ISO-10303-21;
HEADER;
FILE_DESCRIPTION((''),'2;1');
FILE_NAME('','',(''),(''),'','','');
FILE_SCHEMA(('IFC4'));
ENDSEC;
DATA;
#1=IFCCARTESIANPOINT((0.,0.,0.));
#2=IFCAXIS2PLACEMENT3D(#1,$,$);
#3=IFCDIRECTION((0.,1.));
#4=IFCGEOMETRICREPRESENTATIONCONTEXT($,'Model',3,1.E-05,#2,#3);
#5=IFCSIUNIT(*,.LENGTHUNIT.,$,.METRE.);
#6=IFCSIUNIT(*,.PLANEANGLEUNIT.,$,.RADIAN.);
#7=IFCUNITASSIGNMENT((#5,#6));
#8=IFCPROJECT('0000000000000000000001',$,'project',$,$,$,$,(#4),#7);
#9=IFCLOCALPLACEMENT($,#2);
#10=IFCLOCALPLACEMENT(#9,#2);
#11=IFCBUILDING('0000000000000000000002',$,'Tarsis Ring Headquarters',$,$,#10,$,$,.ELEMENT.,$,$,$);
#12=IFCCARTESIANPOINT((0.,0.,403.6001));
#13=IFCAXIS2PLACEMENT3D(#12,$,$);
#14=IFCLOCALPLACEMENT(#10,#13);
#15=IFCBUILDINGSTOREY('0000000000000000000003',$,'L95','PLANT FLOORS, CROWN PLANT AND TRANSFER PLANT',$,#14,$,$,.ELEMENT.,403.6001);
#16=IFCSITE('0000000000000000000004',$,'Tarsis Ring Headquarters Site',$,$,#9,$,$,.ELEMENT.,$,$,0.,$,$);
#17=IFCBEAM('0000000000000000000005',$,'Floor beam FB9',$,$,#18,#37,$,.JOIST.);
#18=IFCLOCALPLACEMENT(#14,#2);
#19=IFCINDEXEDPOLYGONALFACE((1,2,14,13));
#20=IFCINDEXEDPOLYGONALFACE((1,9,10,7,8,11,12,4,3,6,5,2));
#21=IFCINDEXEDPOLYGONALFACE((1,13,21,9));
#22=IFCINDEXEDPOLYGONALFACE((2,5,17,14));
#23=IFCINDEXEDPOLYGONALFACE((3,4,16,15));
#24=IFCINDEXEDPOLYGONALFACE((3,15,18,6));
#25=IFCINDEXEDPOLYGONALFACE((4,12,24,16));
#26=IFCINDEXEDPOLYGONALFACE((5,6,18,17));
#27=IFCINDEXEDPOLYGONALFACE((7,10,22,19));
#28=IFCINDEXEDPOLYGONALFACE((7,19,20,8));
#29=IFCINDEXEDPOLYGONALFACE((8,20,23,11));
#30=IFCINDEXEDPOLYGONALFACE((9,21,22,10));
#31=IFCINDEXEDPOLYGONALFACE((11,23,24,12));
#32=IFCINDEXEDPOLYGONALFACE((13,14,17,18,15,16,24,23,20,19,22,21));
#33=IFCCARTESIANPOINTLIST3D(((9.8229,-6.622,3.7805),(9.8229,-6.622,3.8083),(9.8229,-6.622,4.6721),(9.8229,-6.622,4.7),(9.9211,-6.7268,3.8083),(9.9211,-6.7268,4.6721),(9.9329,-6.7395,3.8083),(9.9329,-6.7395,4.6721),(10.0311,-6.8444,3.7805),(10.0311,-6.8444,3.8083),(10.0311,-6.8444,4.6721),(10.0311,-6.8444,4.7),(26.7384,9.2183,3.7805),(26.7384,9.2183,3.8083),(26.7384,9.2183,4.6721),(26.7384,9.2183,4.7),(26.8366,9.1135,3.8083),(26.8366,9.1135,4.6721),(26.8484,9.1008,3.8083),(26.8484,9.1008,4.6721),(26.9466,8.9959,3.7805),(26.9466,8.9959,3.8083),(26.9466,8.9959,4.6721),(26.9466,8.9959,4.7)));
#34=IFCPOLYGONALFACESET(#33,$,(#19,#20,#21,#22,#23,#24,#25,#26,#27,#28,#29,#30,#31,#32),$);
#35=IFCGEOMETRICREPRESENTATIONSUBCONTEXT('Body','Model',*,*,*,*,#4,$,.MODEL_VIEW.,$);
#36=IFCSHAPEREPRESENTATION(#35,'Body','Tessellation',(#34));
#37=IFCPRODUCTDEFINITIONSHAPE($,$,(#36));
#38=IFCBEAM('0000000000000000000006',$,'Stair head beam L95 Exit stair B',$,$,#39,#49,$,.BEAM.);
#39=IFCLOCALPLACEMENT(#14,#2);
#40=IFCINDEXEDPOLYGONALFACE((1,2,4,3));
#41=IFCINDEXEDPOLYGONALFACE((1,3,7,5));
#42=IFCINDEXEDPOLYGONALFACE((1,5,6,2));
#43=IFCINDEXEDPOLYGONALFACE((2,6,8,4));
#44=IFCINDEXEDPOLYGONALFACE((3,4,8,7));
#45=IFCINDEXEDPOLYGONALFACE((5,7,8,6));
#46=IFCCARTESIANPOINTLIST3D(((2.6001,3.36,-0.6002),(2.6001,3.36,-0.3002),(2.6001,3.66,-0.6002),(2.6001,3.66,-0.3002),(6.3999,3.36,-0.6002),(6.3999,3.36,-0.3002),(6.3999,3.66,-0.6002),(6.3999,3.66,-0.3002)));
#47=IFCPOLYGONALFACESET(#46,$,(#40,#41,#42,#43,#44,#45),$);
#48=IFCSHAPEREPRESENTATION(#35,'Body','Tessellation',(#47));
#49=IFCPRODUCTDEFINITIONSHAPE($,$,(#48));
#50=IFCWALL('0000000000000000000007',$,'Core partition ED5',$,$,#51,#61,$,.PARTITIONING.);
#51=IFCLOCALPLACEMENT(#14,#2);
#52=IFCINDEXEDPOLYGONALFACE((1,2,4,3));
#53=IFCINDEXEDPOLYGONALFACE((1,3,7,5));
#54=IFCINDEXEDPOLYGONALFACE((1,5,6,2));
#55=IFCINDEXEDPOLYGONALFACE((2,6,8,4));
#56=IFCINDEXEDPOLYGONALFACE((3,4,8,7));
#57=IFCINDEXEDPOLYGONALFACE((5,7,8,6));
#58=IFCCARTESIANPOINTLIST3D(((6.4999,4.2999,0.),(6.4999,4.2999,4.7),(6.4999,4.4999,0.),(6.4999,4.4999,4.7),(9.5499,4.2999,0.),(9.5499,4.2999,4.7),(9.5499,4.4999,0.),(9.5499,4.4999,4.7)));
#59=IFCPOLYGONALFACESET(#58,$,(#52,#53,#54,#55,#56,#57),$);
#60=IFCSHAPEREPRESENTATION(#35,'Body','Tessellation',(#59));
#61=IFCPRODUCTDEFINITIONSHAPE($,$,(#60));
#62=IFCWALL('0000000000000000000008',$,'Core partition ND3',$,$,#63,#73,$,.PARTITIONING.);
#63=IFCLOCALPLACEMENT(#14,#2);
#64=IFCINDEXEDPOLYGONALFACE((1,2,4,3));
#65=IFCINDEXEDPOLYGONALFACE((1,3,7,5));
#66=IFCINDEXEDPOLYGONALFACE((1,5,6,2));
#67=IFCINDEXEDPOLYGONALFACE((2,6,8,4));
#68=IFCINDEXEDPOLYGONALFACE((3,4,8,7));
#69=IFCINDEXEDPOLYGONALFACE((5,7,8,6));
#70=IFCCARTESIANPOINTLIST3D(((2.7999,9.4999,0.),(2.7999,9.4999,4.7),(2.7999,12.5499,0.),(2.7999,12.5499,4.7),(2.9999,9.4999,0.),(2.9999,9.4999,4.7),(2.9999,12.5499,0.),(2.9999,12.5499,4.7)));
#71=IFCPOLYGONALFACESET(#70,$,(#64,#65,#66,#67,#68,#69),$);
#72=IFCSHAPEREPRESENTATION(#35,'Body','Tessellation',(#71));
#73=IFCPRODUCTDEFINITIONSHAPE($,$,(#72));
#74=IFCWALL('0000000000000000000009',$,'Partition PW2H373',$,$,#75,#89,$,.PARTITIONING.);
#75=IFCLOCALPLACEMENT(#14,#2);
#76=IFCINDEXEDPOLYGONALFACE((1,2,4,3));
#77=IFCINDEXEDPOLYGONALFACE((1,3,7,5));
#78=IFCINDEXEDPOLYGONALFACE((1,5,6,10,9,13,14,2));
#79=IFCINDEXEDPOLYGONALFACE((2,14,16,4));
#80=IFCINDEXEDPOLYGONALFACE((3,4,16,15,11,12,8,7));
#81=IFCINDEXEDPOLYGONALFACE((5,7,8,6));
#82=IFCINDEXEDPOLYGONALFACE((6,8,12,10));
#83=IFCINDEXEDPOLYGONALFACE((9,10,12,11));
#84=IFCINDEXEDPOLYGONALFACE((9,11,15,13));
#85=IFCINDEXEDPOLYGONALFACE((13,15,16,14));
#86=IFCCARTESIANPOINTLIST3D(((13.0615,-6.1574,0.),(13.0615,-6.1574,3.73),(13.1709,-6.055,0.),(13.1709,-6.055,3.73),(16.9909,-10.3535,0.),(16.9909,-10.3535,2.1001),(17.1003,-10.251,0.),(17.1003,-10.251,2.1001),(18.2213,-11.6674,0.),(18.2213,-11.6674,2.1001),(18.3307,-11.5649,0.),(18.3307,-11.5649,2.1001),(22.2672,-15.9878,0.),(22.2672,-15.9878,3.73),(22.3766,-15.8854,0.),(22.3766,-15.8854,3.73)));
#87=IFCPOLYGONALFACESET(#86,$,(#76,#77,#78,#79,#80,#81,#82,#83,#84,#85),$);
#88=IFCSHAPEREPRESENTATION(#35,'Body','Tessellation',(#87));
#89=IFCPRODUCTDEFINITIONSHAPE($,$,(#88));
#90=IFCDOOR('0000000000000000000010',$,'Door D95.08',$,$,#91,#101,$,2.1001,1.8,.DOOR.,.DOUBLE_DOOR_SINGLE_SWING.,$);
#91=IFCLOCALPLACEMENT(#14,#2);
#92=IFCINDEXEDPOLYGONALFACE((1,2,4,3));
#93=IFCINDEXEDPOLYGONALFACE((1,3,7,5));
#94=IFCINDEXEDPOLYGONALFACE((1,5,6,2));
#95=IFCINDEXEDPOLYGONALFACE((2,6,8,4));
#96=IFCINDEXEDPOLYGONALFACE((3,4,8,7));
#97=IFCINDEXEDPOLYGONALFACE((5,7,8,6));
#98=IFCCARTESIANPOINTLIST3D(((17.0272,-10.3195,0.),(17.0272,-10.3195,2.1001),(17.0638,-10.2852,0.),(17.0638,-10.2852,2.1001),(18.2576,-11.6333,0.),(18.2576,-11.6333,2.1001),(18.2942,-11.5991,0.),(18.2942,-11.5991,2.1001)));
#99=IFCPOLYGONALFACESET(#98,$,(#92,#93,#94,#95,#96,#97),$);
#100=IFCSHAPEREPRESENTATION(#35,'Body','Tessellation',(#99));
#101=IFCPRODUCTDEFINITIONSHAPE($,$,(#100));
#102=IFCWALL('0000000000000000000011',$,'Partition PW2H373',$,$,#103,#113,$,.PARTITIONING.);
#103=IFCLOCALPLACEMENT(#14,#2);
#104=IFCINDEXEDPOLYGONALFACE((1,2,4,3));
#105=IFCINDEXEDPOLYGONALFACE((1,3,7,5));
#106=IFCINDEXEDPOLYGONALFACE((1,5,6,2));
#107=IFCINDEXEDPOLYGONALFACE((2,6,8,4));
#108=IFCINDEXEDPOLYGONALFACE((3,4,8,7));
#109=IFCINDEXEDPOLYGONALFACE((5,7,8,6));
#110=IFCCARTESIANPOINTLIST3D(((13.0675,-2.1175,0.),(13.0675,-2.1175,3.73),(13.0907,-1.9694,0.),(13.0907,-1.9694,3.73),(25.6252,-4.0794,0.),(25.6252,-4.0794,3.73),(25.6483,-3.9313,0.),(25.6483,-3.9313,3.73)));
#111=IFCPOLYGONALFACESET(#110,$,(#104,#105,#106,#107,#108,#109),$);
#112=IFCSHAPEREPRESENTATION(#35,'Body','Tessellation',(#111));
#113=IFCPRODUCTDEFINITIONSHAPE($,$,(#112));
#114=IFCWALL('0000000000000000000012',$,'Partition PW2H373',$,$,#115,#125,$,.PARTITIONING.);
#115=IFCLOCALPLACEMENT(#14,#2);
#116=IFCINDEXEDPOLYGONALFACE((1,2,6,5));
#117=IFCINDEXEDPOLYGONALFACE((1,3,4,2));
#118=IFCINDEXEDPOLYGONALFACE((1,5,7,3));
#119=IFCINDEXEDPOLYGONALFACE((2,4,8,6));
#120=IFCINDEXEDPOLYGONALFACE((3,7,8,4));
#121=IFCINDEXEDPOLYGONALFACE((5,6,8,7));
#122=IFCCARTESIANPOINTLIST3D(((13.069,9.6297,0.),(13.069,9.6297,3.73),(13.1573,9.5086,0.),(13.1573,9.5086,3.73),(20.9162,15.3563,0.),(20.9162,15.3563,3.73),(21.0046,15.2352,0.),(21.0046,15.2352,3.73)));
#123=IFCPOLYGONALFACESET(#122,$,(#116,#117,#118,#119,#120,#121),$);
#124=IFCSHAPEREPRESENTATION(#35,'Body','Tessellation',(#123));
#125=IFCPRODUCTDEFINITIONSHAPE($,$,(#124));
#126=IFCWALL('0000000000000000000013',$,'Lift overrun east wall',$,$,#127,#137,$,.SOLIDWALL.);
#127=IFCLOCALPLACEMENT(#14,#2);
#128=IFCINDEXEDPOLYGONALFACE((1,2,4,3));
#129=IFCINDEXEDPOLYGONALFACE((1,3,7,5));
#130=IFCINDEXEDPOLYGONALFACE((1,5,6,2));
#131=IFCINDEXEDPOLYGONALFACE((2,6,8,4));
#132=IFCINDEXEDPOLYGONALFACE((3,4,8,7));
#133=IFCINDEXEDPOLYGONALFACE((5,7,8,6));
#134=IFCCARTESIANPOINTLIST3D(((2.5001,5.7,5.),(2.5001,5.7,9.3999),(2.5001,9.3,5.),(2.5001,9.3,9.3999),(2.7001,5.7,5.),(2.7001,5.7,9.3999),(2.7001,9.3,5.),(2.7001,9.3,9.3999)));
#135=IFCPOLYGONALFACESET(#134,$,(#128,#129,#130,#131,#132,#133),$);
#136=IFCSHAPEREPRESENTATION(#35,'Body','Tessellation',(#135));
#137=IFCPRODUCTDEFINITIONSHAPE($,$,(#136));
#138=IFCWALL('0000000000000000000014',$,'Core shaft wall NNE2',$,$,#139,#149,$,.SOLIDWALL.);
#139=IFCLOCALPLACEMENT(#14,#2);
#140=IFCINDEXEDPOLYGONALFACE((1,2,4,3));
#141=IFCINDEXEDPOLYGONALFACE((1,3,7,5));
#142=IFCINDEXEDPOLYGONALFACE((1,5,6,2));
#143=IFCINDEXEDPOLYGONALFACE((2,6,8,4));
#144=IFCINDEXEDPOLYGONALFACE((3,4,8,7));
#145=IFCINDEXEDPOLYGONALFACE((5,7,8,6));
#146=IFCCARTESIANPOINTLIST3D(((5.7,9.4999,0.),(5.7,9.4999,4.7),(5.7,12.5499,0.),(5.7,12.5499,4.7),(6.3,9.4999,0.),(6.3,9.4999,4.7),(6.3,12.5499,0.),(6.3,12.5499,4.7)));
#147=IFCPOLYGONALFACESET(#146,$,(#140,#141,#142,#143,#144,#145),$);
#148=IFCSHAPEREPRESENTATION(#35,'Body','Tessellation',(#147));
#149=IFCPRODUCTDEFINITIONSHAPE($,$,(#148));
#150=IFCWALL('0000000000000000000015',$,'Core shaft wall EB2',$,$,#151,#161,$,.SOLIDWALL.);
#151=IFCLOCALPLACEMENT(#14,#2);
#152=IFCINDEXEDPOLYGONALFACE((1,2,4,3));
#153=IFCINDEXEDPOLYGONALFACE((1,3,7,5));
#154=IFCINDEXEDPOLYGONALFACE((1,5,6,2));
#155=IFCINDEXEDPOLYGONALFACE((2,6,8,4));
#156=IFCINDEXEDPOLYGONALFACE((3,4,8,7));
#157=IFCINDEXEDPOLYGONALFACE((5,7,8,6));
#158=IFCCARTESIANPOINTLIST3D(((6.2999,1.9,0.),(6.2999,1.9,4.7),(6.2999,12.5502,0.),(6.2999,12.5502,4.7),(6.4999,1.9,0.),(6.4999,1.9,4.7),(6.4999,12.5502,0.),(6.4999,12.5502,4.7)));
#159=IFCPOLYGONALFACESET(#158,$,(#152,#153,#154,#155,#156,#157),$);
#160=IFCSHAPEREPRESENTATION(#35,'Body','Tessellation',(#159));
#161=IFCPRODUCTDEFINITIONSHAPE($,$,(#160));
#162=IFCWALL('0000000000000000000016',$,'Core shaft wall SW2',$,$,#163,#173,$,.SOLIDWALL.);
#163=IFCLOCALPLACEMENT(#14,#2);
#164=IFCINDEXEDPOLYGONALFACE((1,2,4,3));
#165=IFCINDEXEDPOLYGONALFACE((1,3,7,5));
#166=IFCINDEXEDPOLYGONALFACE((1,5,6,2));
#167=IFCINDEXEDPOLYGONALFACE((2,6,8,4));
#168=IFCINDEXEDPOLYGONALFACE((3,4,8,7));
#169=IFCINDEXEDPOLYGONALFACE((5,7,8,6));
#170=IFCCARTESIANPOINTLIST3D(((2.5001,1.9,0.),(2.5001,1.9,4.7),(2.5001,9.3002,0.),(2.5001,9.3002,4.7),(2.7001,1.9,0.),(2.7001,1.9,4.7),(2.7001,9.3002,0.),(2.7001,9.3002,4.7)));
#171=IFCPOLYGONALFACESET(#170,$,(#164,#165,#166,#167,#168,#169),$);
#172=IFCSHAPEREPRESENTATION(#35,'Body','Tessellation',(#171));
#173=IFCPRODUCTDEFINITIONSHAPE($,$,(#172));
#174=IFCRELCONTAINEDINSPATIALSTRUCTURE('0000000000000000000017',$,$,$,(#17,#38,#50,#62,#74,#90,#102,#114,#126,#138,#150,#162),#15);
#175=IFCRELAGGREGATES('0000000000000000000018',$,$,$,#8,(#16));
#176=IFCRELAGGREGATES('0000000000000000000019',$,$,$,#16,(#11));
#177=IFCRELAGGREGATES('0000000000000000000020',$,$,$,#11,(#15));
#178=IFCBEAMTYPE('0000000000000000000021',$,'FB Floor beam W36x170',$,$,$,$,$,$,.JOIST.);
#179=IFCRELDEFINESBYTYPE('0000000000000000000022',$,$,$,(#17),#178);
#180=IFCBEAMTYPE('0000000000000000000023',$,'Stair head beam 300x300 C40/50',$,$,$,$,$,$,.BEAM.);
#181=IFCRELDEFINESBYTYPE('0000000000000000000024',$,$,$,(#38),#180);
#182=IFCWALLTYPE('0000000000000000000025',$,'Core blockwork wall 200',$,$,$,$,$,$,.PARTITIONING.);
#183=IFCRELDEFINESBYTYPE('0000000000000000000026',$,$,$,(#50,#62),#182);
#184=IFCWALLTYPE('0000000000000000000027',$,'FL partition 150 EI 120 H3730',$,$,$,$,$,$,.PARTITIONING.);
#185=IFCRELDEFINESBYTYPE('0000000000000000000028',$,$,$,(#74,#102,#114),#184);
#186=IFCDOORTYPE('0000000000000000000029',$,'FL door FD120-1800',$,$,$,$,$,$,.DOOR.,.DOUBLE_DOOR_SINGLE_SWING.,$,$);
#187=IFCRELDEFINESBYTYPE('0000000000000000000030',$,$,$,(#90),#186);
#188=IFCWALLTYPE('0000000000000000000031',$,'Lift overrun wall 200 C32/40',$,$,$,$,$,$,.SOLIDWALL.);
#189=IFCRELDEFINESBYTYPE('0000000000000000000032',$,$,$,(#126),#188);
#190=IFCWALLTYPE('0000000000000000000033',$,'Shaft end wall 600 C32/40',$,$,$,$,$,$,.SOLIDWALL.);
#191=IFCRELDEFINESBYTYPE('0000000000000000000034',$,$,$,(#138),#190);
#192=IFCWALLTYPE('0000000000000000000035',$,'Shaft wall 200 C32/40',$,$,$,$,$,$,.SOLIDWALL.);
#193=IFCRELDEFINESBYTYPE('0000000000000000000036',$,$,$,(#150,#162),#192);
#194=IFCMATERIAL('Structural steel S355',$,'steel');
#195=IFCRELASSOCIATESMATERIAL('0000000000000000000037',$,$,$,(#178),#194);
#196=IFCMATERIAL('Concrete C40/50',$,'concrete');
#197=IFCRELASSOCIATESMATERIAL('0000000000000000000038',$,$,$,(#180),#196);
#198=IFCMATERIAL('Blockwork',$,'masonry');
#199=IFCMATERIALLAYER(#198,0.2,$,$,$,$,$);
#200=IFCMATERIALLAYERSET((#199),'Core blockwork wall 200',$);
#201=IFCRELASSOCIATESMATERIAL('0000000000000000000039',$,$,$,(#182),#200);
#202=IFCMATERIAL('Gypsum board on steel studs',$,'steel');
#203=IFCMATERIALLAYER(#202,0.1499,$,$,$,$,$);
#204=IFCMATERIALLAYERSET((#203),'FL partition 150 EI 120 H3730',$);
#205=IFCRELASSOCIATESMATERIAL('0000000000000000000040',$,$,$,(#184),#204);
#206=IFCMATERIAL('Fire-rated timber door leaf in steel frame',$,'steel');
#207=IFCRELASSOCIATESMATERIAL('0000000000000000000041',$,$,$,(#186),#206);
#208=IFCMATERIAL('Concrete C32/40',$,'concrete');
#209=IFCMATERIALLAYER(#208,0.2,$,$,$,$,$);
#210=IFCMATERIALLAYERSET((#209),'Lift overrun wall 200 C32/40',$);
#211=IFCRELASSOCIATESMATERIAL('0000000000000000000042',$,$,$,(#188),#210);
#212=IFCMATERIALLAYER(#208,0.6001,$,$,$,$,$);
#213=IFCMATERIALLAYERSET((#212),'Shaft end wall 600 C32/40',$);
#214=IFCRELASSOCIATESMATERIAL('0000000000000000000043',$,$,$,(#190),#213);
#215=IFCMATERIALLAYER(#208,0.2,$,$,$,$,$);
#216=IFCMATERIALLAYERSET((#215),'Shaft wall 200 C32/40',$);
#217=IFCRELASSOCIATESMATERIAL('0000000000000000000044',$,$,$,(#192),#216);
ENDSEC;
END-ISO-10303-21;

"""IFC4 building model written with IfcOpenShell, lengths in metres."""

from ifc_helpers import new_model, si_unit, direction, frame, frame_2d, origin, origin_2d, place, context, subcontext, project, spatial, rectangle, i_section, extrude, material, layer, layer_set, material_profile, profile_set, type_object, element, fill, save


model = new_model("IFC4")

# Units and contexts
model_context = context("Model", 3, precision=1e-05, world=origin(), true_north=direction((0.0, 1.0)))
body_context = subcontext(model_context, "Body", "Model", "MODEL_VIEW")
ifc_project = project(units=[si_unit("LENGTHUNIT", "METRE"), si_unit("PLANEANGLEUNIT", "RADIAN")], contexts=[model_context])

# Site, building, storey
site_placement = place(None, origin())
site = spatial("IfcSite", under=ifc_project, at=site_placement, Name="Tarsis Ring Headquarters Site", CompositionType="ELEMENT", RefElevation=0.0)
building_placement = place(site_placement, origin())
building = spatial("IfcBuilding", under=site, at=building_placement, Name="Tarsis Ring Headquarters", CompositionType="ELEMENT")
storey_placement = place(building_placement, frame((0.0, 0.0, 403.6001)))
storey = spatial("IfcBuildingStorey", under=building, at=storey_placement, Name="L95", Description="PLANT FLOORS, CROWN PLANT AND TRANSFER PLANT", CompositionType="ELEMENT", Elevation=403.6001)

# Beams
ifc_material_1 = material(Name="Structural steel S355", Category="steel")
ifc_material_profile_1 = material_profile(ifc_material_1, i_section(OverallWidth=0.3047, OverallDepth=0.9194, WebThickness=0.0173, FlangeThickness=0.0278, at=origin_2d()), Name="W36x170")
ifc_profile_set_1 = profile_set([ifc_material_profile_1], Name="Structural steel S355")
beam_type_1 = type_object("IfcBeamType", Name="FB Floor beam W36x170", PredefinedType="JOIST", material=ifc_profile_set_1)
beam_1_placement = place(storey_placement, frame((9.927, -6.7332, 4.2402), z_axis=(0.729924, 0.683528, 0.0), x_axis=(-0.683528, 0.729924, 0.0)))
element("IfcBeam", 1, at=beam_1_placement, inside=storey, type_object=beam_type_1, Name="Floor beam FB9", PredefinedType="JOIST", context=body_context, shape_type="SweptSolid", body=[
    extrude(i_section(OverallWidth=0.3047, OverallDepth=0.9194, WebThickness=0.0173, FlangeThickness=0.0278, at=origin_2d()), origin(), (0.0, 0.0, 1.0), 23.1743),
])
ifc_material_2 = material(Name="Concrete C40/50", Category="concrete")
ifc_material_profile_2 = material_profile(ifc_material_2, rectangle(XDim=0.3, YDim=0.3, at=origin_2d()), Name="Stair head beam 300x300 C40/50")
ifc_profile_set_2 = profile_set([ifc_material_profile_2], Name="Concrete C40/50")
beam_type_2 = type_object("IfcBeamType", Name="Stair head beam 300x300 C40/50", PredefinedType="BEAM", material=ifc_profile_set_2)
beam_2_placement = place(storey_placement, frame((2.6001, 3.51, -0.4502), z_axis=(1.0, 0.0, 0.0), x_axis=(0.0, 1.0, 0.0)))
element("IfcBeam", 2, at=beam_2_placement, inside=storey, type_object=beam_type_2, Name="Stair head beam L95 Exit stair B", PredefinedType="BEAM", context=body_context, shape_type="SweptSolid", body=[
    extrude(rectangle(XDim=0.3, YDim=0.3, at=origin_2d()), origin(), (0.0, 0.0, 1.0), 3.7998),
])

# Walls
ifc_material_3 = material(Name="Blockwork", Category="masonry")
ifc_layer_1 = layer(ifc_material_3, 0.2)
ifc_layer_set_1 = layer_set([ifc_layer_1], Name="Core blockwork wall 200")
wall_type_1 = type_object("IfcWallType", Name="Core blockwork wall 200", PredefinedType="PARTITIONING", material=ifc_layer_set_1)
for number, where, z_axis, x_axis, name in (
    (3, (6.5, 4.3999, 0.0), (0.0, 0.0, 1.0), (1.0, 0.0, 0.0), "Core partition ED5"),
    (4, (2.8999, 9.5, 0.0), (0.0, 0.0, 1.0), (0.0, 1.0, 0.0), "Core partition ND3"),
):
    element("IfcWall", number, at=place(storey_placement, frame(where, z_axis=z_axis, x_axis=x_axis)), inside=storey, type_object=wall_type_1, Name=name, PredefinedType="PARTITIONING", context=body_context, shape_type="SweptSolid", body=[
        extrude(rectangle(XDim=3.05, YDim=0.2, at=frame_2d((1.5249, 0.0))), origin(), (0.0, 0.0, 1.0), 4.7),
    ])

# Wall, opening, door
ifc_material_4 = material(Name="Gypsum board on steel studs", Category="steel")
ifc_layer_2 = layer(ifc_material_4, 0.1499)
ifc_layer_set_2 = layer_set([ifc_layer_2], Name="FL partition 150 EI 120 H3730")
wall_type_2 = type_object("IfcWallType", Name="FL partition 150 EI 120 H3730", PredefinedType="PARTITIONING", material=ifc_layer_set_2)
wall_1_placement = place(storey_placement, frame((13.1162, -6.1062, 0.0), z_axis=(0.0, 0.0, 1.0), x_axis=(0.683532, -0.729921, 0.0)))
wall_1 = element("IfcWall", 5, at=wall_1_placement, inside=storey, type_object=wall_type_2, Name="Partition PW2H373", PredefinedType="PARTITIONING", context=body_context, shape_type="SweptSolid", body=[
    extrude(rectangle(XDim=13.4678, YDim=0.1499, at=frame_2d((6.7339, 0.0))), origin(), (0.0, 0.0, 1.0), 3.73),
])
opening_placement = place(wall_1_placement, frame((5.7488, 0.0, 0.0)))
opening = element("IfcOpeningElement", 6, at=opening_placement, cuts=wall_1, PredefinedType="OPENING", context=body_context, shape_type="SweptSolid", body=[
    extrude(rectangle(XDim=1.8, YDim=2.1001, at=frame_2d((0.8999, 1.05))), frame((0.0, 0.085, 0.0), z_axis=(0.0, -1.0, 0.0), x_axis=(1.0, 0.0, 0.0)), (0.0, 0.0, 1.0), 0.1699),
])
ifc_material_5 = material(Name="Fire-rated timber door leaf in steel frame", Category="steel")
door_type = type_object("IfcDoorType", Name="FL door FD120-1800", OperationType="DOUBLE_DOOR_SINGLE_SWING", PredefinedType="DOOR", material=ifc_material_5)
door_placement = place(opening_placement, origin())
door = element("IfcDoor", 7, at=door_placement, inside=storey, type_object=door_type, Name="Door D95.08", OperationType="DOUBLE_DOOR_SINGLE_SWING", OverallHeight=2.1001, OverallWidth=1.8, PredefinedType="DOOR", context=body_context, shape_type="SweptSolid", body=[
    extrude(rectangle(XDim=1.8, YDim=2.1001, at=frame_2d((0.8999, 1.05))), frame((0.0, 0.0249, 0.0), z_axis=(0.0, -1.0, 0.0), x_axis=(1.0, 0.0, 0.0)), (0.0, 0.0, 1.0), 0.05),
])
fill(opening, door)

# Walls
wall_2_placement = place(storey_placement, frame((13.0791, -2.0435, 0.0), z_axis=(0.0, 0.0, 1.0), x_axis=(0.988015, -0.15436, 0.0)))
element("IfcWall", 8, at=wall_2_placement, inside=storey, type_object=wall_type_2, Name="Partition PW2H373", PredefinedType="PARTITIONING", context=body_context, shape_type="SweptSolid", body=[
    extrude(rectangle(XDim=12.71, YDim=0.1499, at=frame_2d((6.355, 0.0))), origin(), (0.0, 0.0, 1.0), 3.73),
])
wall_3_placement = place(storey_placement, frame((13.113, 9.5691, 0.0), z_axis=(0.0, 0.0, 1.0), x_axis=(0.807779, 0.589486, 0.0)))
element("IfcWall", 9, at=wall_3_placement, inside=storey, type_object=wall_type_2, Name="Partition PW2H373", PredefinedType="PARTITIONING", context=body_context, shape_type="SweptSolid", body=[
    extrude(rectangle(XDim=9.7146, YDim=0.1499, at=frame_2d((4.8574, 0.0))), origin(), (0.0, 0.0, 1.0), 3.73),
])
ifc_material_6 = material(Name="Concrete C32/40", Category="concrete")
ifc_layer_3 = layer(ifc_material_6, 0.2)
ifc_layer_set_3 = layer_set([ifc_layer_3], Name="Lift overrun wall 200 C32/40")
wall_type_3 = type_object("IfcWallType", Name="Lift overrun wall 200 C32/40", PredefinedType="SOLIDWALL", material=ifc_layer_set_3)
wall_4_placement = place(storey_placement, frame((2.6001, 5.7, 5.0), z_axis=(0.0, 0.0, 1.0), x_axis=(0.0, 1.0, 0.0)))
element("IfcWall", 10, at=wall_4_placement, inside=storey, type_object=wall_type_3, Name="Lift overrun east wall", PredefinedType="SOLIDWALL", context=body_context, shape_type="SweptSolid", body=[
    extrude(rectangle(XDim=3.6001, YDim=0.2, at=frame_2d((1.8, 0.0))), origin(), (0.0, 0.0, 1.0), 4.3999),
])
ifc_layer_4 = layer(ifc_material_6, 0.6001)
ifc_layer_set_4 = layer_set([ifc_layer_4], Name="Shaft end wall 600 C32/40")
wall_type_4 = type_object("IfcWallType", Name="Shaft end wall 600 C32/40", PredefinedType="SOLIDWALL", material=ifc_layer_set_4)
wall_5_placement = place(storey_placement, frame((6.0, 9.5, 0.0), z_axis=(0.0, 0.0, 1.0), x_axis=(0.0, 1.0, 0.0)))
element("IfcWall", 11, at=wall_5_placement, inside=storey, type_object=wall_type_4, Name="Core shaft wall NNE2", PredefinedType="SOLIDWALL", context=body_context, shape_type="SweptSolid", body=[
    extrude(rectangle(XDim=3.05, YDim=0.6001, at=frame_2d((1.5249, 0.0))), origin(), (0.0, 0.0, 1.0), 4.7),
])
ifc_layer_5 = layer(ifc_material_6, 0.2)
ifc_layer_set_5 = layer_set([ifc_layer_5], Name="Shaft wall 200 C32/40")
wall_type_5 = type_object("IfcWallType", Name="Shaft wall 200 C32/40", PredefinedType="SOLIDWALL", material=ifc_layer_set_5)
wall_6_placement = place(storey_placement, frame((6.3999, 1.8999, 0.0), z_axis=(0.0, 0.0, 1.0), x_axis=(0.0, 1.0, 0.0)))
element("IfcWall", 12, at=wall_6_placement, inside=storey, type_object=wall_type_5, Name="Core shaft wall EB2", PredefinedType="SOLIDWALL", context=body_context, shape_type="SweptSolid", body=[
    extrude(rectangle(XDim=10.6501, YDim=0.2, at=frame_2d((5.3252, 0.0))), origin(), (0.0, 0.0, 1.0), 4.7),
])
wall_7_placement = place(storey_placement, frame((2.6001, 1.8999, 0.0), z_axis=(0.0, 0.0, 1.0), x_axis=(0.0, 1.0, 0.0)))
element("IfcWall", 13, at=wall_7_placement, inside=storey, type_object=wall_type_5, Name="Core shaft wall SW2", PredefinedType="SOLIDWALL", context=body_context, shape_type="SweptSolid", body=[
    extrude(rectangle(XDim=7.4001, YDim=0.2, at=frame_2d((3.7002, 0.0))), origin(), (0.0, 0.0, 1.0), 4.7),
])

save(model, "model.ifc")
